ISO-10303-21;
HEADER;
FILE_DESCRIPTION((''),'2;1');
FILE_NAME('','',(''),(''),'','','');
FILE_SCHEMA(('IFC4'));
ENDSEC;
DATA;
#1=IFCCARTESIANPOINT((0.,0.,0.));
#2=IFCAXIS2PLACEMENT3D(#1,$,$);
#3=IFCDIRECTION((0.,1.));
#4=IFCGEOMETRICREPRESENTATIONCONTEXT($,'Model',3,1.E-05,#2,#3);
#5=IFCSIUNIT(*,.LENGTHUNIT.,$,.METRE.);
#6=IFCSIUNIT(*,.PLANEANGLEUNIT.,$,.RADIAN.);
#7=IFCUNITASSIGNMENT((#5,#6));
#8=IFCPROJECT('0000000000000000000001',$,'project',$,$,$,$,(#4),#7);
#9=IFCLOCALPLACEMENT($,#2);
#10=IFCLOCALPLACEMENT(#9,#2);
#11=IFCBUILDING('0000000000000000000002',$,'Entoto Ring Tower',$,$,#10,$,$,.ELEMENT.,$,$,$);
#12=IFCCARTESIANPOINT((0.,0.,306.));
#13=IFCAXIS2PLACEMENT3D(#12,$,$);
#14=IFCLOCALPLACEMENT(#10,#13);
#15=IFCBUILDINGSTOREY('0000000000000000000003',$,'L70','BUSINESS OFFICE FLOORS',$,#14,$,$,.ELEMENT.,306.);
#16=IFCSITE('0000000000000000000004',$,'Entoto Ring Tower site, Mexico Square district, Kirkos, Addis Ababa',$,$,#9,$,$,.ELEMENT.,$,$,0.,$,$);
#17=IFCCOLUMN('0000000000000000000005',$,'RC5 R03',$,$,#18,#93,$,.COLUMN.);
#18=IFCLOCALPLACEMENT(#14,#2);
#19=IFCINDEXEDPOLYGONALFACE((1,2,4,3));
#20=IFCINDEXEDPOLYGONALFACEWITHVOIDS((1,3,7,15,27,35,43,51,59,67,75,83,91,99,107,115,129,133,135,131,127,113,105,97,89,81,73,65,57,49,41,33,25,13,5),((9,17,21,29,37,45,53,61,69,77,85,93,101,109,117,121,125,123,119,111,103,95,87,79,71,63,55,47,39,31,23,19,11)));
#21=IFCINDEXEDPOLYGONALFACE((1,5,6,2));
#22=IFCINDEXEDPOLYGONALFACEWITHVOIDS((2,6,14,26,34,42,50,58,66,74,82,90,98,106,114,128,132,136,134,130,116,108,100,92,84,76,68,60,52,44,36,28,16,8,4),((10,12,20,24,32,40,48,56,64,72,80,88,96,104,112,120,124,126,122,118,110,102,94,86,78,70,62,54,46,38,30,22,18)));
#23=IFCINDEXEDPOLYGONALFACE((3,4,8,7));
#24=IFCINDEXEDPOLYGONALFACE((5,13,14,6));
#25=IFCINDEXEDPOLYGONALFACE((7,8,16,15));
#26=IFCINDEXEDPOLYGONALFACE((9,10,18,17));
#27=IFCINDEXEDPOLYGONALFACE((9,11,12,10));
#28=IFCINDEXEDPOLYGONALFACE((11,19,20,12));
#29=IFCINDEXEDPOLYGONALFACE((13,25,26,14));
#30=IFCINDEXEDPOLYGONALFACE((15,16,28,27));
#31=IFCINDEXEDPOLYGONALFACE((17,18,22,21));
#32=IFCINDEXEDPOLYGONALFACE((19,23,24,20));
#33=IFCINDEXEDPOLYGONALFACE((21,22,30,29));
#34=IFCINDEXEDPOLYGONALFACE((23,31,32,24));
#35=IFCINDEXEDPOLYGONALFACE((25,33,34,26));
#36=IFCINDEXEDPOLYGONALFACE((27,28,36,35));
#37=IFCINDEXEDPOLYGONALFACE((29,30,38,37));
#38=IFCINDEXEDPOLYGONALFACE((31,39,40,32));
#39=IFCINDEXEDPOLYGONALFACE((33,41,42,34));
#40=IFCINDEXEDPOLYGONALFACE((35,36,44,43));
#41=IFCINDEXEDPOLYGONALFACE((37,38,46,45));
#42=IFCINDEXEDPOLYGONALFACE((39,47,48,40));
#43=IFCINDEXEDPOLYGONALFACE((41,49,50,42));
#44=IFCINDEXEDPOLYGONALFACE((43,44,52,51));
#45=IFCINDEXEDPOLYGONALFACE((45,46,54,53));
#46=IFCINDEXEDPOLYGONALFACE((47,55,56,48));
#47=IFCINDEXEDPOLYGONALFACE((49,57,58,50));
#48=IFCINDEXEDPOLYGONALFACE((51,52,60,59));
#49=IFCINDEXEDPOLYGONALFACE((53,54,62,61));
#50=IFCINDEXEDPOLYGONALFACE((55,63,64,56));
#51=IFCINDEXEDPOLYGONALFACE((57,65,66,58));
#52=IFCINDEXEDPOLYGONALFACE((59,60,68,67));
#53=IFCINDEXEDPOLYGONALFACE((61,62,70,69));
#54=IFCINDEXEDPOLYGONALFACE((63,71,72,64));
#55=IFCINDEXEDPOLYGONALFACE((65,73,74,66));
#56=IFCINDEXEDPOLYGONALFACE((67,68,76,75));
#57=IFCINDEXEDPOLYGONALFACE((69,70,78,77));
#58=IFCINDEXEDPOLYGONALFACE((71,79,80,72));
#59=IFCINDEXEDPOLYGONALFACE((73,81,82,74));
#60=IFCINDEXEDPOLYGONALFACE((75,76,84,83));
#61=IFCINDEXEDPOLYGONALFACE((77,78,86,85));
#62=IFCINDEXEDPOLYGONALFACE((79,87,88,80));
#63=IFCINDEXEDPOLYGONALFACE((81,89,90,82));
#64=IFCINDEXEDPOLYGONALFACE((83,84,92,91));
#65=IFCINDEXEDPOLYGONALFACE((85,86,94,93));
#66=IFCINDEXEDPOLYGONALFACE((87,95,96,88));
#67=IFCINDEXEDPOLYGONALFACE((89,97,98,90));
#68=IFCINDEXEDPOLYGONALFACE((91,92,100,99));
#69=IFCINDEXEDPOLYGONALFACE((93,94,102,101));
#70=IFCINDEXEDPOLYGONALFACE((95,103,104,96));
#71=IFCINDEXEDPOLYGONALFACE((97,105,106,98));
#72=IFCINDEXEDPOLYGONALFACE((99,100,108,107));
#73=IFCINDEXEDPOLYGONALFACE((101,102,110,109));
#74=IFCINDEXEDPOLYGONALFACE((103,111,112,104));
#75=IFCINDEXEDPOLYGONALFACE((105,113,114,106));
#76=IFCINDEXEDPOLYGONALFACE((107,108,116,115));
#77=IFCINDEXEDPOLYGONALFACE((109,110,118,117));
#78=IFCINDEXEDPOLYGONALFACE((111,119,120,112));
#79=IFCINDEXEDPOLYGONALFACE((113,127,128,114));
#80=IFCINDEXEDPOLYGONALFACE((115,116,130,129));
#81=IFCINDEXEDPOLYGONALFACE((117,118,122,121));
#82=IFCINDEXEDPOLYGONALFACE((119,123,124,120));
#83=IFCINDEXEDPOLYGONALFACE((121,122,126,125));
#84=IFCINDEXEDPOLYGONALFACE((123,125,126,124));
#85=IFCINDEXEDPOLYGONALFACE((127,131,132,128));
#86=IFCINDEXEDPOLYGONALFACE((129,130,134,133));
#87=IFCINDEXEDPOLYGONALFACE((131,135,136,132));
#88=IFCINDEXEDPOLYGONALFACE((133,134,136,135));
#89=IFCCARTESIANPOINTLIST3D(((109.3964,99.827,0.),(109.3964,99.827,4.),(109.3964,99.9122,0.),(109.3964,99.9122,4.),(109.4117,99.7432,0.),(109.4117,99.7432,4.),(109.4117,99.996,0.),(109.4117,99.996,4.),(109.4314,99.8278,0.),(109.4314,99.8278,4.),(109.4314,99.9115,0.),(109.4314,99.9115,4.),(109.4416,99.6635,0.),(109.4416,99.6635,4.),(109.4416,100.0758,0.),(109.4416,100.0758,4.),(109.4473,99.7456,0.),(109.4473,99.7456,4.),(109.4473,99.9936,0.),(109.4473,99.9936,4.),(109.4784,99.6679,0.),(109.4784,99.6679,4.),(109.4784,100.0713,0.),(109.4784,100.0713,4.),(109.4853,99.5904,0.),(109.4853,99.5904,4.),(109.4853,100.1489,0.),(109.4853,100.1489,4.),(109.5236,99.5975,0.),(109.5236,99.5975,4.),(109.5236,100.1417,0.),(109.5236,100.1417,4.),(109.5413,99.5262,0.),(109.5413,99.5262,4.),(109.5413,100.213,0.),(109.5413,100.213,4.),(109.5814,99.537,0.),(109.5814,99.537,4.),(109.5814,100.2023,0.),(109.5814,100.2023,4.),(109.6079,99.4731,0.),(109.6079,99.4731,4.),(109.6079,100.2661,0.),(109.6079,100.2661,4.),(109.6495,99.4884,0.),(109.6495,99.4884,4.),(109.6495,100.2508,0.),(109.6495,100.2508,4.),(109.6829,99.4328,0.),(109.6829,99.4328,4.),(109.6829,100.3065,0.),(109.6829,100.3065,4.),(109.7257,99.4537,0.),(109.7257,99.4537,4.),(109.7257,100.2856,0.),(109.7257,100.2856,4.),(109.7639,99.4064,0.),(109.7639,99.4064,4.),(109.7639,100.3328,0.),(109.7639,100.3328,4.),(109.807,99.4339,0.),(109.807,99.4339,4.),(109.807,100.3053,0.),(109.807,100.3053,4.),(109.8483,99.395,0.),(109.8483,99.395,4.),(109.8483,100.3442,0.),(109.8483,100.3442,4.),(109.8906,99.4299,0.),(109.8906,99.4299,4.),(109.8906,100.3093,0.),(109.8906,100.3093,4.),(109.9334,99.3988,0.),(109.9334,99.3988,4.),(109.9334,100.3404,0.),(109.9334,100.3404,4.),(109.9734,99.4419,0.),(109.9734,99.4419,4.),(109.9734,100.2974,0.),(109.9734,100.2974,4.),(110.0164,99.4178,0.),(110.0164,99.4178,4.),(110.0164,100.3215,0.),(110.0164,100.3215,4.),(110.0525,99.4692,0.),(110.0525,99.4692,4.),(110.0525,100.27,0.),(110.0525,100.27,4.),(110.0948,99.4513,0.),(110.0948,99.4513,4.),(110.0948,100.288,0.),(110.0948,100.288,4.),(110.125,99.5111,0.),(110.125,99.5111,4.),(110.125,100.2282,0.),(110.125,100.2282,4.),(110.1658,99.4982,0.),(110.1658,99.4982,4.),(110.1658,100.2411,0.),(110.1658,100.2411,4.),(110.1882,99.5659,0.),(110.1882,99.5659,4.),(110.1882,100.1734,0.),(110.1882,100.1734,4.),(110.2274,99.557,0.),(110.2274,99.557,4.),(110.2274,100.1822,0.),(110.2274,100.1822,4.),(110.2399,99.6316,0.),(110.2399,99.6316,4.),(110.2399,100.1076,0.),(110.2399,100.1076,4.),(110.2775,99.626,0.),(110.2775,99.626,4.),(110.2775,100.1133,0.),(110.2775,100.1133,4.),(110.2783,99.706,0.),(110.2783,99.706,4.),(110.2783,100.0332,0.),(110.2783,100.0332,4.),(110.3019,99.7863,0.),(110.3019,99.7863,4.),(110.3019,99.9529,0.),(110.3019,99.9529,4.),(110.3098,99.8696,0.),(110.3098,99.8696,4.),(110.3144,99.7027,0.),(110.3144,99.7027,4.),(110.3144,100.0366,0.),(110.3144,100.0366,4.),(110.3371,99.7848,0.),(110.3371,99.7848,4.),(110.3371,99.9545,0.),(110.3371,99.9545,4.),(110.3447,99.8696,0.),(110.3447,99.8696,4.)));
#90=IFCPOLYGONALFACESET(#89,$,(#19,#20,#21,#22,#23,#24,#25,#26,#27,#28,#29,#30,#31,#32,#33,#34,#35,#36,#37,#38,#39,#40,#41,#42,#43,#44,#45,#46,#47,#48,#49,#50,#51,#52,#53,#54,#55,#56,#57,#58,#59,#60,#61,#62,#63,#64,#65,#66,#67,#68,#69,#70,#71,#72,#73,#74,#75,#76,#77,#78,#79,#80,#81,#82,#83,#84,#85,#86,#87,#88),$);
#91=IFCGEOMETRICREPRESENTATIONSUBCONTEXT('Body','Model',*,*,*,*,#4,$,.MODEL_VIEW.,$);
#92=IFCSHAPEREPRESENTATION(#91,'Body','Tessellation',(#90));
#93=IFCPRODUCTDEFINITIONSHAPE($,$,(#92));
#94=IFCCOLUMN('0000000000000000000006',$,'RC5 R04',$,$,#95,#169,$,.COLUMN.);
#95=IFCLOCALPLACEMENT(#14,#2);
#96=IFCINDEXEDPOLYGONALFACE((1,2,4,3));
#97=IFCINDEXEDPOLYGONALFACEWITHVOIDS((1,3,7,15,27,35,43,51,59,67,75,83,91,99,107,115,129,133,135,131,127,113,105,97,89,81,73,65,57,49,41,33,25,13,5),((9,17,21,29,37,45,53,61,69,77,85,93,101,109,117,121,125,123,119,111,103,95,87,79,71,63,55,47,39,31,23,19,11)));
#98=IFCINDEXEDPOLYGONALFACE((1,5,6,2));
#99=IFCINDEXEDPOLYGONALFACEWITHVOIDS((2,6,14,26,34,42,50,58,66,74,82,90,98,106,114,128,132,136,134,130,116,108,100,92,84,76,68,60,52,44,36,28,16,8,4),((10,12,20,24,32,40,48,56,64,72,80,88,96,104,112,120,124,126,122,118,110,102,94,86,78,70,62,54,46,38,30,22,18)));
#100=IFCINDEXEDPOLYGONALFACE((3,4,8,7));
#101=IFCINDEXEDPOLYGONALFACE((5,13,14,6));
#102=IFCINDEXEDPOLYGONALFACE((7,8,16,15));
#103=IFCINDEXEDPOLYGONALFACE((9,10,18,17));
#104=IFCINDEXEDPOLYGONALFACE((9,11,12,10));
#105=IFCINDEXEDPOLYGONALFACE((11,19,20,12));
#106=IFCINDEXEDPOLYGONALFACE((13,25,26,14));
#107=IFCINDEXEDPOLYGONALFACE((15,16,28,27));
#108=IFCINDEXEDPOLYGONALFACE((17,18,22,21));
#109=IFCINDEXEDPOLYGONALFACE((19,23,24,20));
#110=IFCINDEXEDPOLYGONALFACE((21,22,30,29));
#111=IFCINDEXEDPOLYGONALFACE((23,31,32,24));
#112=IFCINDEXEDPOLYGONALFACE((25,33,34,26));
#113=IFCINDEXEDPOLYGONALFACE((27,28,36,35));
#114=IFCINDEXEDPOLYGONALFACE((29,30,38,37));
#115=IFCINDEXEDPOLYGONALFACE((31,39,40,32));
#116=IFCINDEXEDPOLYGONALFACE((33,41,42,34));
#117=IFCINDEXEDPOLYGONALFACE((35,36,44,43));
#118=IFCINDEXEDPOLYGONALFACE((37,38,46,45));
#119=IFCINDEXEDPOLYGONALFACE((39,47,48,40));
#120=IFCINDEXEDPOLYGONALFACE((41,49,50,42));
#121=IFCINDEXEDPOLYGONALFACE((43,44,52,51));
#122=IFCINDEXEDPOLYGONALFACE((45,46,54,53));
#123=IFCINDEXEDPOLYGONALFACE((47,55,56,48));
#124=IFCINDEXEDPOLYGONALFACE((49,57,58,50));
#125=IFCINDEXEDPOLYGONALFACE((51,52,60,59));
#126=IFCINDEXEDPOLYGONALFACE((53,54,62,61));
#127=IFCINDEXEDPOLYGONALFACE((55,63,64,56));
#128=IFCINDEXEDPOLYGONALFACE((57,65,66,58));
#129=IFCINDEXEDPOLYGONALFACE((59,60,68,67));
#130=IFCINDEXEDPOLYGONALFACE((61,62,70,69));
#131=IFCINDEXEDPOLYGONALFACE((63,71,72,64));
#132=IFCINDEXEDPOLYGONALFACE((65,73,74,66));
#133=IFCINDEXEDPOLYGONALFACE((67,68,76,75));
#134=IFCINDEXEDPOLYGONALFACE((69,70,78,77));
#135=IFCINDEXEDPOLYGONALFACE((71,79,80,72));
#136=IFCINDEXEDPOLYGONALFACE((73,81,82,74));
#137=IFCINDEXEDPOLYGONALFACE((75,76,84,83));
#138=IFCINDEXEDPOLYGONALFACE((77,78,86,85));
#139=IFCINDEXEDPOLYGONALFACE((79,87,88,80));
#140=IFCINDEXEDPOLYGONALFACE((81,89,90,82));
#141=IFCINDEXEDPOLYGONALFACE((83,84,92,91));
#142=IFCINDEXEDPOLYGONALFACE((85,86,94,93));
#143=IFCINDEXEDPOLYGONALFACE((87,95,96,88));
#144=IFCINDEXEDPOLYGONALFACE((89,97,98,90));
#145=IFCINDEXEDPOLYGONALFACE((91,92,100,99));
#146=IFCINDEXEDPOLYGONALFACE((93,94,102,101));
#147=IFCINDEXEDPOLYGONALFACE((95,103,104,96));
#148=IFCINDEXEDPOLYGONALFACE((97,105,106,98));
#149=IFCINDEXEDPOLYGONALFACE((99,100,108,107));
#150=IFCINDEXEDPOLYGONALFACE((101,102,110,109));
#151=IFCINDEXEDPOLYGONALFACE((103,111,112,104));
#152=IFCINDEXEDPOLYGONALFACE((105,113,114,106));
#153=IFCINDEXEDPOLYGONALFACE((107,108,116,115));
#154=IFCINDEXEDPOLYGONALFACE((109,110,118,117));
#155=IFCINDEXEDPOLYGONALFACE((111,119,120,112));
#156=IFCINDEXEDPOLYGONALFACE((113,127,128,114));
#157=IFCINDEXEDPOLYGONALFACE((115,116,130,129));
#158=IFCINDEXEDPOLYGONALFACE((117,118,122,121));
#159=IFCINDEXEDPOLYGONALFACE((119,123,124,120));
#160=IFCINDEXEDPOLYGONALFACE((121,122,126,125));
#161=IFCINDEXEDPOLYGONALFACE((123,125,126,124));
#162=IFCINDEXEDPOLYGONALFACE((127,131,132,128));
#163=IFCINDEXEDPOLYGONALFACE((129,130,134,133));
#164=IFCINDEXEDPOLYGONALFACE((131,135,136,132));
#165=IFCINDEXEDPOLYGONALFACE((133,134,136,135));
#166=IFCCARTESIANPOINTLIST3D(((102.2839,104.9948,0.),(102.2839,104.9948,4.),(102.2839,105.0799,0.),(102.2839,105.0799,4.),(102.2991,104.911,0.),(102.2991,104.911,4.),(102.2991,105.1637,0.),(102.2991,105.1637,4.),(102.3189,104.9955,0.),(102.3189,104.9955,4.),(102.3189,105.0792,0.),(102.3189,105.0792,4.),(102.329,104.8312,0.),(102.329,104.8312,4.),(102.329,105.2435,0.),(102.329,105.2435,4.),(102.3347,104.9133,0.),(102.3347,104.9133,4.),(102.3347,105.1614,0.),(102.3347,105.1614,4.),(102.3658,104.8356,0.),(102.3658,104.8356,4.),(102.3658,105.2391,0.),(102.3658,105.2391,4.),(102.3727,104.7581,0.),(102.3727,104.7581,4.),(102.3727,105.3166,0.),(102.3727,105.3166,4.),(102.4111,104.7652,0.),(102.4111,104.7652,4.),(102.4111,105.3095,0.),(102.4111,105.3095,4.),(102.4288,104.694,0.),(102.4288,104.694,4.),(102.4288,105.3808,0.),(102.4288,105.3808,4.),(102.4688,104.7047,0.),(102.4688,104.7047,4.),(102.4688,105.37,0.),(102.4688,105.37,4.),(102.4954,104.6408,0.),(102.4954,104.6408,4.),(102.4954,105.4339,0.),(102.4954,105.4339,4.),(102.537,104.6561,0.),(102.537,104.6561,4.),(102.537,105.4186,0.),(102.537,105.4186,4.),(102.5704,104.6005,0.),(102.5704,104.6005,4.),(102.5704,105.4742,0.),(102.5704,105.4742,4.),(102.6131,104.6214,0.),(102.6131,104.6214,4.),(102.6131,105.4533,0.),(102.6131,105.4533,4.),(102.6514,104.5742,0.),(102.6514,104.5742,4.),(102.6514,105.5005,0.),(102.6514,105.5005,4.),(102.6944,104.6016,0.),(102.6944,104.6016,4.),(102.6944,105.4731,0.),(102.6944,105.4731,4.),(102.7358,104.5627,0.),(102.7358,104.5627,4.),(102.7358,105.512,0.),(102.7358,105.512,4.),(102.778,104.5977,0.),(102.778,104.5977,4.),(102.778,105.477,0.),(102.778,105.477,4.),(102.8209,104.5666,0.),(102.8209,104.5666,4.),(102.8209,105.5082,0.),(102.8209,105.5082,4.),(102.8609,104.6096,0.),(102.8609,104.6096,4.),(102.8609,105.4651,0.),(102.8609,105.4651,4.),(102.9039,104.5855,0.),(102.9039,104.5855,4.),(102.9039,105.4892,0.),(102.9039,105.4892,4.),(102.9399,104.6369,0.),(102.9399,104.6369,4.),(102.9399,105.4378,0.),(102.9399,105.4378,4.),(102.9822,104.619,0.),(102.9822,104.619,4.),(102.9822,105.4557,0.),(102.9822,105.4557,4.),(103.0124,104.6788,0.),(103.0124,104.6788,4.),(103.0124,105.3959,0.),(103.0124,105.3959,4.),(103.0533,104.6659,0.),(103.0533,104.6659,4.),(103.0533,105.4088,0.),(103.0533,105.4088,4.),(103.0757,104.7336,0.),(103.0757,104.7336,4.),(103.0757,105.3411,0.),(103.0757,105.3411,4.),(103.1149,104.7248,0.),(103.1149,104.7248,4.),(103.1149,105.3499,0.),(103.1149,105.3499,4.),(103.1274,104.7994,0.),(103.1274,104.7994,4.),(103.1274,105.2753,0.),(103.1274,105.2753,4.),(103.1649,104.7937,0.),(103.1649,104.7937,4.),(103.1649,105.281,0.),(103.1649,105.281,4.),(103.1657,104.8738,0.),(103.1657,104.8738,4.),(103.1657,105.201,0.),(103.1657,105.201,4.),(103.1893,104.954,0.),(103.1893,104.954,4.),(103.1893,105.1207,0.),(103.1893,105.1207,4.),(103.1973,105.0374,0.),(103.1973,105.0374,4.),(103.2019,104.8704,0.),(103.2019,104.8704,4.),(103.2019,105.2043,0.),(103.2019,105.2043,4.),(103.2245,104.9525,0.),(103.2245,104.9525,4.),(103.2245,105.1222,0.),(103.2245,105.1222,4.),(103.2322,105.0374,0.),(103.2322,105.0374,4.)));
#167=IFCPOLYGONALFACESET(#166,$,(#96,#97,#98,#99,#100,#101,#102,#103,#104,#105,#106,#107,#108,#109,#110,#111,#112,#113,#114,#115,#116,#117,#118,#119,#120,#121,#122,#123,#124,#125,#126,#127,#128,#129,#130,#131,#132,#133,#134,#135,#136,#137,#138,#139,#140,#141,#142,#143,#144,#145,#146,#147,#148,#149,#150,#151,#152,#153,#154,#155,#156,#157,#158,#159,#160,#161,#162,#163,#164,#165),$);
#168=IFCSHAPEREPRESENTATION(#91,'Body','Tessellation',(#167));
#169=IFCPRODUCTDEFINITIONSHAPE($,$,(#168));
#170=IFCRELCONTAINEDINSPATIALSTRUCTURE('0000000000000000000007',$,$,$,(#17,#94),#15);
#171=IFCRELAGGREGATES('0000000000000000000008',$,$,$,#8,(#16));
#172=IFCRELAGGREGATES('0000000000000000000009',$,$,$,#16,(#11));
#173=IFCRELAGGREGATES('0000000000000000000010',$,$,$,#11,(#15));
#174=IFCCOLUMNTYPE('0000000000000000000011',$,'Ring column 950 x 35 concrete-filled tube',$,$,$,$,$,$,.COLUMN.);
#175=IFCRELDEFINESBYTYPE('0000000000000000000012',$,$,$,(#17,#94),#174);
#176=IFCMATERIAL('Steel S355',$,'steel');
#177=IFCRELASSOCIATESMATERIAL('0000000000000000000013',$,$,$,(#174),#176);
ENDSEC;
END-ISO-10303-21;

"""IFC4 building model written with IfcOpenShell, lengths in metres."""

from ifc_helpers import new_model, si_unit, direction, frame, origin, origin_2d, place, context, subcontext, project, spatial, circle, hollow_circle, extrude, material, material_profile, profile_set, type_object, element, save


model = new_model("IFC4")

# Units and contexts
model_context = context("Model", 3, precision=1e-05, world=origin(), true_north=direction((0.0, 1.0)))
body_context = subcontext(model_context, "Body", "Model", "MODEL_VIEW")
ifc_project = project(units=[si_unit("LENGTHUNIT", "METRE"), si_unit("PLANEANGLEUNIT", "RADIAN")], contexts=[model_context])

# Site, building, storey
site_placement = place(None, origin())
site = spatial("IfcSite", under=ifc_project, at=site_placement, Name="Entoto Ring Tower site, Mexico Square district, Kirkos, Addis Ababa", CompositionType="ELEMENT", RefElevation=0.0)
building_placement = place(site_placement, origin())
building = spatial("IfcBuilding", under=site, at=building_placement, Name="Entoto Ring Tower", CompositionType="ELEMENT")
storey_placement = place(building_placement, frame((0.0, 0.0, 306.0)))
storey = spatial("IfcBuildingStorey", under=building, at=storey_placement, Name="L70", Description="BUSINESS OFFICE FLOORS", CompositionType="ELEMENT", Elevation=306.0)

# Columns
ifc_material_1 = material(Name="Steel S355", Category="steel")
ifc_material_profile_1 = material_profile(ifc_material_1, hollow_circle(Radius=0.4751, WallThickness=0.0349, at=origin_2d()), Name="CHS 950 x 35")
ifc_material_2 = material(Name="Concrete C60/75", Category="concrete")
ifc_material_profile_2 = material_profile(ifc_material_2, circle(Radius=0.4399, at=origin_2d()), Name="Concrete C60/75 infill")
ifc_profile_set_1 = profile_set([ifc_material_profile_1, ifc_material_profile_2], Name="Steel S355")
column_type = type_object("IfcColumnType", Name="Ring column 950 x 35 concrete-filled tube", PredefinedType="COLUMN", material=ifc_profile_set_1)
for number, where, z_axis, x_axis, name in (
    (1, (109.8696, 99.8696, 0.0), (0.0, 0.0, 1.0), (1.0, 0.0, 0.0), "RC5 R03"),
    (2, (102.7571, 105.0374, 0.0), (0.0, 0.0, 1.0), (1.0, 0.0, 0.0), "RC5 R04"),
):
    element("IfcColumn", number, at=place(storey_placement, frame(where, z_axis=z_axis, x_axis=x_axis)), inside=storey, type_object=column_type, Name=name, PredefinedType="COLUMN", context=body_context, shape_type="SweptSolid", body=[
        extrude(hollow_circle(Radius=0.4751, WallThickness=0.0349, at=origin_2d()), origin(), (0.0, 0.0, 1.0), 4.0),
    ])

save(model, "model.ifc")
